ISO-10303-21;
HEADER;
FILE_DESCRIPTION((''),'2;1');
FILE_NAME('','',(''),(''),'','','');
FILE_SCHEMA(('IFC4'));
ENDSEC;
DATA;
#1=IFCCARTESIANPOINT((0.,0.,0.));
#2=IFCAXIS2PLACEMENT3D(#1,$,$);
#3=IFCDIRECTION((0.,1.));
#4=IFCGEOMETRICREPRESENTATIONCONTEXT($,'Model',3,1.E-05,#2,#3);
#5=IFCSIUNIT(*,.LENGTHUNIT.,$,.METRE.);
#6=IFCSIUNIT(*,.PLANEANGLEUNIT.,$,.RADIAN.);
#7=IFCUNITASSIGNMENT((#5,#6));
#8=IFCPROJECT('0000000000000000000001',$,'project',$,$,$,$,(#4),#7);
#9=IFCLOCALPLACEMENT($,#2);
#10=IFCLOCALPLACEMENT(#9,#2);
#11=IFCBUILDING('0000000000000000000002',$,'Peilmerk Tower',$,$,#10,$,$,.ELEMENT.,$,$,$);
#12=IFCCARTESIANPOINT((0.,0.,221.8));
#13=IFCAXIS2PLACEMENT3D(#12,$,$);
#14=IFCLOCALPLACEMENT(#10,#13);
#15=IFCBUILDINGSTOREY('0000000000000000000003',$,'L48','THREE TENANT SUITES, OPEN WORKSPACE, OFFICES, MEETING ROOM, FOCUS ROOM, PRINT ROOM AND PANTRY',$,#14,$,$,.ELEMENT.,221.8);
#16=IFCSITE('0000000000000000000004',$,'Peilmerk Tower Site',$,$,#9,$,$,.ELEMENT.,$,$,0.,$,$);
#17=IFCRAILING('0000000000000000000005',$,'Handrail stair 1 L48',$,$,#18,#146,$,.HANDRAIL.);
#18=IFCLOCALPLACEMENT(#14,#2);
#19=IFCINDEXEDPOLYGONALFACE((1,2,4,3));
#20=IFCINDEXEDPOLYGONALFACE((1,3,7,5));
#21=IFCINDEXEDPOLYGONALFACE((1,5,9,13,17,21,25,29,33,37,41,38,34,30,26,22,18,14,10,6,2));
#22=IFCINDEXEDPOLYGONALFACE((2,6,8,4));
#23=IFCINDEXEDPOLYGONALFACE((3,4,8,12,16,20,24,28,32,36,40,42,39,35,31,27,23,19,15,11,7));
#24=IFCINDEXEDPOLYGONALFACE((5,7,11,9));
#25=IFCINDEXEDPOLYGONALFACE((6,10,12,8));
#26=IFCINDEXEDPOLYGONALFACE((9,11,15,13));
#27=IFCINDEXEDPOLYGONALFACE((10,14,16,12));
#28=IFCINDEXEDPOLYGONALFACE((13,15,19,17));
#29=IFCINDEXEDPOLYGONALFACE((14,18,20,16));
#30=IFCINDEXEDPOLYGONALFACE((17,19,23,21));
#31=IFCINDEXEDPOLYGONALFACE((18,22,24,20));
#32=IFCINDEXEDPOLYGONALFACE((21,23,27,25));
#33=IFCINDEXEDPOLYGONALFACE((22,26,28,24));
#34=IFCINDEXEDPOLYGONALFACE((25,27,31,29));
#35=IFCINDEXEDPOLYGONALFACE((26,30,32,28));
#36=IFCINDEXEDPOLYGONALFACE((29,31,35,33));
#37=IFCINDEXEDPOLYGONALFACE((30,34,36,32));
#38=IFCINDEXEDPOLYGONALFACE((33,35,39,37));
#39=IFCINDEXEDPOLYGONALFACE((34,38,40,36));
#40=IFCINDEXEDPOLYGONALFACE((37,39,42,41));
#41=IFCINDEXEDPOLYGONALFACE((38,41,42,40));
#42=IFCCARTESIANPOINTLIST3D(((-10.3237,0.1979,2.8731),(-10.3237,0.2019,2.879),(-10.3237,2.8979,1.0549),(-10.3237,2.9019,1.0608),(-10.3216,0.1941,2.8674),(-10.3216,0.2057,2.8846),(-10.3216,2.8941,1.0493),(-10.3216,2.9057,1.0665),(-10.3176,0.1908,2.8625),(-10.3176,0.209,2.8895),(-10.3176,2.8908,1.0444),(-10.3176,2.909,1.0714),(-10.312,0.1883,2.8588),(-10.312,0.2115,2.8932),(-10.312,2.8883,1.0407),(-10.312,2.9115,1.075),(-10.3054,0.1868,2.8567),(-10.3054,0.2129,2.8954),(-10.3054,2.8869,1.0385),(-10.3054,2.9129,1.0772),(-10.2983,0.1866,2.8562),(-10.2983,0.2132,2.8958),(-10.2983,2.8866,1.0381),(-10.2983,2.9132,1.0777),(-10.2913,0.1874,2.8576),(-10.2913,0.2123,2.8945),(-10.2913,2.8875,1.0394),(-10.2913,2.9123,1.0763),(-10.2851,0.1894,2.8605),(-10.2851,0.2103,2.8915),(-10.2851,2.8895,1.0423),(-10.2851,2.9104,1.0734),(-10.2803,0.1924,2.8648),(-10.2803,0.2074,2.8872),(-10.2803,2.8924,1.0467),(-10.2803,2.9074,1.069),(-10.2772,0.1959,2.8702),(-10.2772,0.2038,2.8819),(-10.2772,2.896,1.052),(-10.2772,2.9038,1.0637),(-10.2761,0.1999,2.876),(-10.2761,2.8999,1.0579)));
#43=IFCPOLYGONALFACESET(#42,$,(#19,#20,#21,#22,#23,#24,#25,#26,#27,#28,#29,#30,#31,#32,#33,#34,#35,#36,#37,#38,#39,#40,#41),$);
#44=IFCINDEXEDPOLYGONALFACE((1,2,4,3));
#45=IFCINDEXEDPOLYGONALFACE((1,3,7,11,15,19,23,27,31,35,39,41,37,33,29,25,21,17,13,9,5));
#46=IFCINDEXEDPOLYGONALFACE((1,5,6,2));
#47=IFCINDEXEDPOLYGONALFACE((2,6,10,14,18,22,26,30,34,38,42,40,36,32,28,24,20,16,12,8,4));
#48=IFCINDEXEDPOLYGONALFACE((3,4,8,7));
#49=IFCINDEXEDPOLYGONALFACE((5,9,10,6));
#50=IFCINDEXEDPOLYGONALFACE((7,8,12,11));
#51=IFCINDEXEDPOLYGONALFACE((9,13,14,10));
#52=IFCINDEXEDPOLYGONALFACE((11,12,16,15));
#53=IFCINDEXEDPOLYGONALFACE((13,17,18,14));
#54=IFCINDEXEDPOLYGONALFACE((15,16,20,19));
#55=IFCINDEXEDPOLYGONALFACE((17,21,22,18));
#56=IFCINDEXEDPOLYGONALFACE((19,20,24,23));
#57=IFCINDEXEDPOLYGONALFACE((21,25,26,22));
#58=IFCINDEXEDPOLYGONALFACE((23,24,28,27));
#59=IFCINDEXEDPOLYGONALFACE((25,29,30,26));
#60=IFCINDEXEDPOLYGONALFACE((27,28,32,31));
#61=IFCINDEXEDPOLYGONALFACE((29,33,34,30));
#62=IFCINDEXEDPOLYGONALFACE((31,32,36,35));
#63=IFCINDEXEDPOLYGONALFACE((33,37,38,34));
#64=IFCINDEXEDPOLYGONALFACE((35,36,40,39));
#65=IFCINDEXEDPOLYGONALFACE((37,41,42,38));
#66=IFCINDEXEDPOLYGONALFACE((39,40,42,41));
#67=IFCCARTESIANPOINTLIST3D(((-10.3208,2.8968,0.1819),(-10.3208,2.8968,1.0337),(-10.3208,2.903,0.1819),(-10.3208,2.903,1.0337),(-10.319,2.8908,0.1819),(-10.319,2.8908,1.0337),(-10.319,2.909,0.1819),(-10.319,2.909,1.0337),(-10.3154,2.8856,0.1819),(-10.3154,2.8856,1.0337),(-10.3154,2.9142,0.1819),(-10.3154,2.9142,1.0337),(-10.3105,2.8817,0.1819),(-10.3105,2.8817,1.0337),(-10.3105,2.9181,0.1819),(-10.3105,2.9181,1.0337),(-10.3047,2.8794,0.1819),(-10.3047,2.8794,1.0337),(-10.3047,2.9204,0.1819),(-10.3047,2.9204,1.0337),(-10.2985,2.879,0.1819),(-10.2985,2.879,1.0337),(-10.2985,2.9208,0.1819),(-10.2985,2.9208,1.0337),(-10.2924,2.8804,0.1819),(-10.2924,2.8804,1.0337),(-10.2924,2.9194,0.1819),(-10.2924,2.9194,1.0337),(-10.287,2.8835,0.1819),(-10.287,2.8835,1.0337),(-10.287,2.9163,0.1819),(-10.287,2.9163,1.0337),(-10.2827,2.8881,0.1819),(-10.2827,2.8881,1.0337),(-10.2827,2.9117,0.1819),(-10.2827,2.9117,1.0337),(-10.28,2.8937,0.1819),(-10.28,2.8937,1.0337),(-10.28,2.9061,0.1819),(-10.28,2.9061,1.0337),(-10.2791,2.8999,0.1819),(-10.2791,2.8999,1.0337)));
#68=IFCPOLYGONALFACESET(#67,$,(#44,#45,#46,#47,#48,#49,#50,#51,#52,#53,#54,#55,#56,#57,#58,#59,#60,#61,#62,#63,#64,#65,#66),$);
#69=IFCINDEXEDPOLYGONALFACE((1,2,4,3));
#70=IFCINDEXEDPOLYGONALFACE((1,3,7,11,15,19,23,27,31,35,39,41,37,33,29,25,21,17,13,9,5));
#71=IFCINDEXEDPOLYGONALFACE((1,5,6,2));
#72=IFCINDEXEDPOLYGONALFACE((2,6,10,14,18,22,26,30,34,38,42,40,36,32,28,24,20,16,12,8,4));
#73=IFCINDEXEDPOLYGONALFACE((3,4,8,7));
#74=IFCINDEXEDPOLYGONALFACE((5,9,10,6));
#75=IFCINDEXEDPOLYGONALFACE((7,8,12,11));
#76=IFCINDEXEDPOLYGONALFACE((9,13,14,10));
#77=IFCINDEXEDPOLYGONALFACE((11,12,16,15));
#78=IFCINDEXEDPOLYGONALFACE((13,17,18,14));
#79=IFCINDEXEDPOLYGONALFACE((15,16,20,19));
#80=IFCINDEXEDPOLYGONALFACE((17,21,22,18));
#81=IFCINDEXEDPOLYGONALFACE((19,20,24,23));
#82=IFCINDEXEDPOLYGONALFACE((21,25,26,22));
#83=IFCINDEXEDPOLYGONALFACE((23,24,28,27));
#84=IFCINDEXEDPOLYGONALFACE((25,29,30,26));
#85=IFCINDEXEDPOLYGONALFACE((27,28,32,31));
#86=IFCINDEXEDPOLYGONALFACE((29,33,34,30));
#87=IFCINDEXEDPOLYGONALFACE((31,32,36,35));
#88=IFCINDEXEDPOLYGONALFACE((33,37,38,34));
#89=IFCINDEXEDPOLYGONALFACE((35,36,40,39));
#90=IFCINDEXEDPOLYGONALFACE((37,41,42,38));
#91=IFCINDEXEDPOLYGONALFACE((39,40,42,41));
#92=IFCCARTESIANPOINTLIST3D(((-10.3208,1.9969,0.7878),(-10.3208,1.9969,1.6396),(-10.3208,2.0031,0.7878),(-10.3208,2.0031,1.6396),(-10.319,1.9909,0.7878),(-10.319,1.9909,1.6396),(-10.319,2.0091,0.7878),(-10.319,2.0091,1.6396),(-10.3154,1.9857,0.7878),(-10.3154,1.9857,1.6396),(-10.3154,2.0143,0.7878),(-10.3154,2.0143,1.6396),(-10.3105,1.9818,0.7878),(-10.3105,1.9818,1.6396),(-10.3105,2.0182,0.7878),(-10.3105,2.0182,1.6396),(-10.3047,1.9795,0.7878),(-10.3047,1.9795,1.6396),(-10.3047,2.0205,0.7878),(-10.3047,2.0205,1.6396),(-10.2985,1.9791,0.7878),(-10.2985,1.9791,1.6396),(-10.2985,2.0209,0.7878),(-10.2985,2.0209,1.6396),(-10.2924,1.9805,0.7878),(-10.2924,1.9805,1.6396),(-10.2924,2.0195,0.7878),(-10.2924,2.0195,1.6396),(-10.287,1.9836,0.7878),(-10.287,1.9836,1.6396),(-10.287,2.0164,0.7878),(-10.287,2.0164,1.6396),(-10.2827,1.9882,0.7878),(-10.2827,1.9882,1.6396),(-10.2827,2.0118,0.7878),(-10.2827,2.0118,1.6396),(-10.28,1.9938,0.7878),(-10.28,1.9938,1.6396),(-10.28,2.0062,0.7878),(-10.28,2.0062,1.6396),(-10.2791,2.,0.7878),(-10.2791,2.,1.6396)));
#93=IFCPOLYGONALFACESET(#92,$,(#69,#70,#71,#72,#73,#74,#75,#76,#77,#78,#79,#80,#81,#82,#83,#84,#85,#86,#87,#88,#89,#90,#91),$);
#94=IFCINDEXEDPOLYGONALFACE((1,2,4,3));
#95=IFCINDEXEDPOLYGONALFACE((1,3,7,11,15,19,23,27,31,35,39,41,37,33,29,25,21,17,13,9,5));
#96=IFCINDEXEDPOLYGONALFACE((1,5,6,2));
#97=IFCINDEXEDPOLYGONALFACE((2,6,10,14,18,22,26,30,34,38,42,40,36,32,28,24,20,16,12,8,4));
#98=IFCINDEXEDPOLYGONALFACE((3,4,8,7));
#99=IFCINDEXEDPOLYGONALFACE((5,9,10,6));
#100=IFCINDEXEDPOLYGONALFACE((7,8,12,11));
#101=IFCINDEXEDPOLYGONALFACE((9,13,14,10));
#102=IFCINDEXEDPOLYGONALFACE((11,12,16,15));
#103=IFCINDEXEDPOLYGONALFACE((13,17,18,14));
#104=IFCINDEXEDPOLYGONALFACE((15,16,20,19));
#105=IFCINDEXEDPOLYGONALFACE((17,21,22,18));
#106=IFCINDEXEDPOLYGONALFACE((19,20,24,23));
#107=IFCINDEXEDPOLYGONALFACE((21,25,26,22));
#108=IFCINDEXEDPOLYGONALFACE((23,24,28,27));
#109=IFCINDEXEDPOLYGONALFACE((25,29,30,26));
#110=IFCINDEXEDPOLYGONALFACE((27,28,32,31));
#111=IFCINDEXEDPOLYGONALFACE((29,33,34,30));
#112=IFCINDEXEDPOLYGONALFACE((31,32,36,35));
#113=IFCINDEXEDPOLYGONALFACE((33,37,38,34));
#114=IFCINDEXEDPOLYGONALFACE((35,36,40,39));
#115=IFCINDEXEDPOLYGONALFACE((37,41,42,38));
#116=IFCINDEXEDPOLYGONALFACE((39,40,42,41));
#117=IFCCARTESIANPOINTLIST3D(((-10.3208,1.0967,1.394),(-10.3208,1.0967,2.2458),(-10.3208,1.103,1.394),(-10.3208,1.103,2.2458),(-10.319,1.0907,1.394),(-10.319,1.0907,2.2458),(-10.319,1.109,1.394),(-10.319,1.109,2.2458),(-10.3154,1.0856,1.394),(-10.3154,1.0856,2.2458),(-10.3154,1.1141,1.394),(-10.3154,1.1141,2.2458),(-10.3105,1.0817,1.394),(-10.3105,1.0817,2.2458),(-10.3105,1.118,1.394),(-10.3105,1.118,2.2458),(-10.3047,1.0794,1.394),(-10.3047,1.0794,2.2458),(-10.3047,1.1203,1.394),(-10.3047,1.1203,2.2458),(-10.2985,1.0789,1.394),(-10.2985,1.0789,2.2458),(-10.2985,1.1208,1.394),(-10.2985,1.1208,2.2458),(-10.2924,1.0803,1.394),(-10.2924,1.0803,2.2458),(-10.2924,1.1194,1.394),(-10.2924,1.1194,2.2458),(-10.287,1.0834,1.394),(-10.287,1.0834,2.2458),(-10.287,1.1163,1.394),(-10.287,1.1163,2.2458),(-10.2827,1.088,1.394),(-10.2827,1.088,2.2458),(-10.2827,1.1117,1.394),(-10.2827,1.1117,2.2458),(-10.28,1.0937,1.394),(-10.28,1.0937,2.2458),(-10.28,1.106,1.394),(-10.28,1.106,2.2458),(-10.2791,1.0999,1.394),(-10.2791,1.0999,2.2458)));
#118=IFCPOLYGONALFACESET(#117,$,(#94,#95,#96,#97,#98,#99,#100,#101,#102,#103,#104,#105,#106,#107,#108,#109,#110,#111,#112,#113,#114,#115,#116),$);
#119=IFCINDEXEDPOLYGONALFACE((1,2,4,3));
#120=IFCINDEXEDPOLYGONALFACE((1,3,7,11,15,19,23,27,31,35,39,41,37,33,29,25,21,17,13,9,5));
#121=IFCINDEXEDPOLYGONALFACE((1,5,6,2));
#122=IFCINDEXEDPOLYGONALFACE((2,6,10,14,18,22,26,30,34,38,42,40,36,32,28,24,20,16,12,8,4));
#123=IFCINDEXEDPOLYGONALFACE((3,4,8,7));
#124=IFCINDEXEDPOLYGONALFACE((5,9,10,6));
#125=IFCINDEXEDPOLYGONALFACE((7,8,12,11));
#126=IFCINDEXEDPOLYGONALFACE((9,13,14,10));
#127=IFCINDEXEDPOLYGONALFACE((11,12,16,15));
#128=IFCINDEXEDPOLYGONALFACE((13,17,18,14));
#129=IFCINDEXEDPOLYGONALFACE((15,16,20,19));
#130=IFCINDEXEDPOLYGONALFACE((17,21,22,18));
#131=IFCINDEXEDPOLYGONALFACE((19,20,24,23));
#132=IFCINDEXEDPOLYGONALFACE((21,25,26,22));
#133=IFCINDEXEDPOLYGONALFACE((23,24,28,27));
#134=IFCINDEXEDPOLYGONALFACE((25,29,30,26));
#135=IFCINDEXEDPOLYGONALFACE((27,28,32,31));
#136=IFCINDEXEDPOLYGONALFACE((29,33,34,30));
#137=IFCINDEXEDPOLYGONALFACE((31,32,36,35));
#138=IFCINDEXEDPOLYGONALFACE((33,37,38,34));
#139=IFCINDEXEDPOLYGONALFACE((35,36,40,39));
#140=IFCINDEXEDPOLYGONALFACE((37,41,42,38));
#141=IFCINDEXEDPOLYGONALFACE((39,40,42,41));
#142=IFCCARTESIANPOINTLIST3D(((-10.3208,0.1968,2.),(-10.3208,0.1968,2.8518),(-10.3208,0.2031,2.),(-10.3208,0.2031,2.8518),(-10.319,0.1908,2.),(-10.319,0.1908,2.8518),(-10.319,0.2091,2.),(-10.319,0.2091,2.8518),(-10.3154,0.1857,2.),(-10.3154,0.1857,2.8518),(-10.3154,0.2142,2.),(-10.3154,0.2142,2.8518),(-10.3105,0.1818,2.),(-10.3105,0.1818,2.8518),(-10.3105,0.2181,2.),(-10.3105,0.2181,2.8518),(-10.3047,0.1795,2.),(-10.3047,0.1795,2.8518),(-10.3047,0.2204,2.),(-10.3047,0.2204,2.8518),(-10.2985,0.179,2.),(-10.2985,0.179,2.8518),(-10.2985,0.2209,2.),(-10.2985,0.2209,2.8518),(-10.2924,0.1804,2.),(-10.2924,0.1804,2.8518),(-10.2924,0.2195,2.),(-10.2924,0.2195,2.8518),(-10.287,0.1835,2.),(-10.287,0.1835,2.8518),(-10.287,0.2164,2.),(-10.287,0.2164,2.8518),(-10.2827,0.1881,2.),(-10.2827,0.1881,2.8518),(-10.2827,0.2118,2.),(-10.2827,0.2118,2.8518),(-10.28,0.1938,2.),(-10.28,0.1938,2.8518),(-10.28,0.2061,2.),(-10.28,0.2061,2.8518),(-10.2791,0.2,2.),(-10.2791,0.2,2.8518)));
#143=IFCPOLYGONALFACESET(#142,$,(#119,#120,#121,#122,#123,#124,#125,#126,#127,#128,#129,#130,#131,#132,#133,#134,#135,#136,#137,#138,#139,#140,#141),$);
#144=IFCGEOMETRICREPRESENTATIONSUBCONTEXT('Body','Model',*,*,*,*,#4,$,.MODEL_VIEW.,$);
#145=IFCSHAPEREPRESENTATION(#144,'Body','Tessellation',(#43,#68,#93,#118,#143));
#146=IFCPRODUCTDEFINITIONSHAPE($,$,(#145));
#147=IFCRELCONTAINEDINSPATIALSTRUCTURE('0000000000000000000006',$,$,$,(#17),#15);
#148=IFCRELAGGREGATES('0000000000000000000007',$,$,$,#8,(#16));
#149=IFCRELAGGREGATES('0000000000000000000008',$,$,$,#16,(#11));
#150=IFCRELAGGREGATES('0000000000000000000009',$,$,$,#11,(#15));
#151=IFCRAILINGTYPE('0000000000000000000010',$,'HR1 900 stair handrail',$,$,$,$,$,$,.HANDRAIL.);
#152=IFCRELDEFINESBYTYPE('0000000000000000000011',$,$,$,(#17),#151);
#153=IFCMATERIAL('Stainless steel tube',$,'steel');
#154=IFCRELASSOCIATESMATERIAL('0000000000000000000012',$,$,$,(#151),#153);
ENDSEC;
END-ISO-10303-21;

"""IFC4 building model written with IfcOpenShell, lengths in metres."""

from ifc_helpers import new_model, si_unit, direction, frame, origin, origin_2d, place, context, subcontext, project, spatial, circle, extrude, material, type_object, element, save


model = new_model("IFC4")

# Units and contexts
model_context = context("Model", 3, precision=1e-05, world=origin(), true_north=direction((0.0, 1.0)))
body_context = subcontext(model_context, "Body", "Model", "MODEL_VIEW")
ifc_project = project(units=[si_unit("LENGTHUNIT", "METRE"), si_unit("PLANEANGLEUNIT", "RADIAN")], contexts=[model_context])

# Site, building, storey
site_placement = place(None, origin())
site = spatial("IfcSite", under=ifc_project, at=site_placement, Name="Peilmerk Tower Site", CompositionType="ELEMENT", RefElevation=0.0)
building_placement = place(site_placement, origin())
building = spatial("IfcBuilding", under=site, at=building_placement, Name="Peilmerk Tower", CompositionType="ELEMENT")
storey_placement = place(building_placement, frame((0.0, 0.0, 221.8)))
storey = spatial("IfcBuildingStorey", under=building, at=storey_placement, Name="L48", Description="THREE TENANT SUITES, OPEN WORKSPACE, OFFICES, MEETING ROOM, FOCUS ROOM, PRINT ROOM AND PANTRY", CompositionType="ELEMENT", Elevation=221.8)

# Railing
ifc_material_1 = material(Name="Stainless steel tube", Category="steel")
railing_type_1 = type_object("IfcRailingType", Name="HR1 900 stair handrail", PredefinedType="HANDRAIL", material=ifc_material_1)
railing_1_placement = place(storey_placement, frame((-10.3, 2.8999, 0.1819)))
element("IfcRailing", 1, at=railing_1_placement, inside=storey, type_object=railing_type_1, Name="Handrail stair 1 L48", PredefinedType="HANDRAIL", context=body_context, shape_type="SweptSolid", body=[
    extrude(circle(Radius=0.0239, at=origin_2d()), frame((0.0, 0.0, 0.876), z_axis=(0.0, -0.829468, 0.558554), x_axis=(1.0, 0.0, 0.0)), (0.0, 0.0, 1.0), 3.2551),
    extrude(circle(Radius=0.021, at=origin_2d()), origin(), (0.0, 0.0, 1.0), 0.8518),
    extrude(circle(Radius=0.021, at=origin_2d()), frame((0.0, -0.8999, 0.606)), (0.0, 0.0, 1.0), 0.8518),
    extrude(circle(Radius=0.021, at=origin_2d()), frame((0.0, -1.8, 1.2122)), (0.0, 0.0, 1.0), 0.8518),
    extrude(circle(Radius=0.021, at=origin_2d()), frame((0.0, -2.7, 1.8181)), (0.0, 0.0, 1.0), 0.8518),
])

save(model, "model.ifc")
